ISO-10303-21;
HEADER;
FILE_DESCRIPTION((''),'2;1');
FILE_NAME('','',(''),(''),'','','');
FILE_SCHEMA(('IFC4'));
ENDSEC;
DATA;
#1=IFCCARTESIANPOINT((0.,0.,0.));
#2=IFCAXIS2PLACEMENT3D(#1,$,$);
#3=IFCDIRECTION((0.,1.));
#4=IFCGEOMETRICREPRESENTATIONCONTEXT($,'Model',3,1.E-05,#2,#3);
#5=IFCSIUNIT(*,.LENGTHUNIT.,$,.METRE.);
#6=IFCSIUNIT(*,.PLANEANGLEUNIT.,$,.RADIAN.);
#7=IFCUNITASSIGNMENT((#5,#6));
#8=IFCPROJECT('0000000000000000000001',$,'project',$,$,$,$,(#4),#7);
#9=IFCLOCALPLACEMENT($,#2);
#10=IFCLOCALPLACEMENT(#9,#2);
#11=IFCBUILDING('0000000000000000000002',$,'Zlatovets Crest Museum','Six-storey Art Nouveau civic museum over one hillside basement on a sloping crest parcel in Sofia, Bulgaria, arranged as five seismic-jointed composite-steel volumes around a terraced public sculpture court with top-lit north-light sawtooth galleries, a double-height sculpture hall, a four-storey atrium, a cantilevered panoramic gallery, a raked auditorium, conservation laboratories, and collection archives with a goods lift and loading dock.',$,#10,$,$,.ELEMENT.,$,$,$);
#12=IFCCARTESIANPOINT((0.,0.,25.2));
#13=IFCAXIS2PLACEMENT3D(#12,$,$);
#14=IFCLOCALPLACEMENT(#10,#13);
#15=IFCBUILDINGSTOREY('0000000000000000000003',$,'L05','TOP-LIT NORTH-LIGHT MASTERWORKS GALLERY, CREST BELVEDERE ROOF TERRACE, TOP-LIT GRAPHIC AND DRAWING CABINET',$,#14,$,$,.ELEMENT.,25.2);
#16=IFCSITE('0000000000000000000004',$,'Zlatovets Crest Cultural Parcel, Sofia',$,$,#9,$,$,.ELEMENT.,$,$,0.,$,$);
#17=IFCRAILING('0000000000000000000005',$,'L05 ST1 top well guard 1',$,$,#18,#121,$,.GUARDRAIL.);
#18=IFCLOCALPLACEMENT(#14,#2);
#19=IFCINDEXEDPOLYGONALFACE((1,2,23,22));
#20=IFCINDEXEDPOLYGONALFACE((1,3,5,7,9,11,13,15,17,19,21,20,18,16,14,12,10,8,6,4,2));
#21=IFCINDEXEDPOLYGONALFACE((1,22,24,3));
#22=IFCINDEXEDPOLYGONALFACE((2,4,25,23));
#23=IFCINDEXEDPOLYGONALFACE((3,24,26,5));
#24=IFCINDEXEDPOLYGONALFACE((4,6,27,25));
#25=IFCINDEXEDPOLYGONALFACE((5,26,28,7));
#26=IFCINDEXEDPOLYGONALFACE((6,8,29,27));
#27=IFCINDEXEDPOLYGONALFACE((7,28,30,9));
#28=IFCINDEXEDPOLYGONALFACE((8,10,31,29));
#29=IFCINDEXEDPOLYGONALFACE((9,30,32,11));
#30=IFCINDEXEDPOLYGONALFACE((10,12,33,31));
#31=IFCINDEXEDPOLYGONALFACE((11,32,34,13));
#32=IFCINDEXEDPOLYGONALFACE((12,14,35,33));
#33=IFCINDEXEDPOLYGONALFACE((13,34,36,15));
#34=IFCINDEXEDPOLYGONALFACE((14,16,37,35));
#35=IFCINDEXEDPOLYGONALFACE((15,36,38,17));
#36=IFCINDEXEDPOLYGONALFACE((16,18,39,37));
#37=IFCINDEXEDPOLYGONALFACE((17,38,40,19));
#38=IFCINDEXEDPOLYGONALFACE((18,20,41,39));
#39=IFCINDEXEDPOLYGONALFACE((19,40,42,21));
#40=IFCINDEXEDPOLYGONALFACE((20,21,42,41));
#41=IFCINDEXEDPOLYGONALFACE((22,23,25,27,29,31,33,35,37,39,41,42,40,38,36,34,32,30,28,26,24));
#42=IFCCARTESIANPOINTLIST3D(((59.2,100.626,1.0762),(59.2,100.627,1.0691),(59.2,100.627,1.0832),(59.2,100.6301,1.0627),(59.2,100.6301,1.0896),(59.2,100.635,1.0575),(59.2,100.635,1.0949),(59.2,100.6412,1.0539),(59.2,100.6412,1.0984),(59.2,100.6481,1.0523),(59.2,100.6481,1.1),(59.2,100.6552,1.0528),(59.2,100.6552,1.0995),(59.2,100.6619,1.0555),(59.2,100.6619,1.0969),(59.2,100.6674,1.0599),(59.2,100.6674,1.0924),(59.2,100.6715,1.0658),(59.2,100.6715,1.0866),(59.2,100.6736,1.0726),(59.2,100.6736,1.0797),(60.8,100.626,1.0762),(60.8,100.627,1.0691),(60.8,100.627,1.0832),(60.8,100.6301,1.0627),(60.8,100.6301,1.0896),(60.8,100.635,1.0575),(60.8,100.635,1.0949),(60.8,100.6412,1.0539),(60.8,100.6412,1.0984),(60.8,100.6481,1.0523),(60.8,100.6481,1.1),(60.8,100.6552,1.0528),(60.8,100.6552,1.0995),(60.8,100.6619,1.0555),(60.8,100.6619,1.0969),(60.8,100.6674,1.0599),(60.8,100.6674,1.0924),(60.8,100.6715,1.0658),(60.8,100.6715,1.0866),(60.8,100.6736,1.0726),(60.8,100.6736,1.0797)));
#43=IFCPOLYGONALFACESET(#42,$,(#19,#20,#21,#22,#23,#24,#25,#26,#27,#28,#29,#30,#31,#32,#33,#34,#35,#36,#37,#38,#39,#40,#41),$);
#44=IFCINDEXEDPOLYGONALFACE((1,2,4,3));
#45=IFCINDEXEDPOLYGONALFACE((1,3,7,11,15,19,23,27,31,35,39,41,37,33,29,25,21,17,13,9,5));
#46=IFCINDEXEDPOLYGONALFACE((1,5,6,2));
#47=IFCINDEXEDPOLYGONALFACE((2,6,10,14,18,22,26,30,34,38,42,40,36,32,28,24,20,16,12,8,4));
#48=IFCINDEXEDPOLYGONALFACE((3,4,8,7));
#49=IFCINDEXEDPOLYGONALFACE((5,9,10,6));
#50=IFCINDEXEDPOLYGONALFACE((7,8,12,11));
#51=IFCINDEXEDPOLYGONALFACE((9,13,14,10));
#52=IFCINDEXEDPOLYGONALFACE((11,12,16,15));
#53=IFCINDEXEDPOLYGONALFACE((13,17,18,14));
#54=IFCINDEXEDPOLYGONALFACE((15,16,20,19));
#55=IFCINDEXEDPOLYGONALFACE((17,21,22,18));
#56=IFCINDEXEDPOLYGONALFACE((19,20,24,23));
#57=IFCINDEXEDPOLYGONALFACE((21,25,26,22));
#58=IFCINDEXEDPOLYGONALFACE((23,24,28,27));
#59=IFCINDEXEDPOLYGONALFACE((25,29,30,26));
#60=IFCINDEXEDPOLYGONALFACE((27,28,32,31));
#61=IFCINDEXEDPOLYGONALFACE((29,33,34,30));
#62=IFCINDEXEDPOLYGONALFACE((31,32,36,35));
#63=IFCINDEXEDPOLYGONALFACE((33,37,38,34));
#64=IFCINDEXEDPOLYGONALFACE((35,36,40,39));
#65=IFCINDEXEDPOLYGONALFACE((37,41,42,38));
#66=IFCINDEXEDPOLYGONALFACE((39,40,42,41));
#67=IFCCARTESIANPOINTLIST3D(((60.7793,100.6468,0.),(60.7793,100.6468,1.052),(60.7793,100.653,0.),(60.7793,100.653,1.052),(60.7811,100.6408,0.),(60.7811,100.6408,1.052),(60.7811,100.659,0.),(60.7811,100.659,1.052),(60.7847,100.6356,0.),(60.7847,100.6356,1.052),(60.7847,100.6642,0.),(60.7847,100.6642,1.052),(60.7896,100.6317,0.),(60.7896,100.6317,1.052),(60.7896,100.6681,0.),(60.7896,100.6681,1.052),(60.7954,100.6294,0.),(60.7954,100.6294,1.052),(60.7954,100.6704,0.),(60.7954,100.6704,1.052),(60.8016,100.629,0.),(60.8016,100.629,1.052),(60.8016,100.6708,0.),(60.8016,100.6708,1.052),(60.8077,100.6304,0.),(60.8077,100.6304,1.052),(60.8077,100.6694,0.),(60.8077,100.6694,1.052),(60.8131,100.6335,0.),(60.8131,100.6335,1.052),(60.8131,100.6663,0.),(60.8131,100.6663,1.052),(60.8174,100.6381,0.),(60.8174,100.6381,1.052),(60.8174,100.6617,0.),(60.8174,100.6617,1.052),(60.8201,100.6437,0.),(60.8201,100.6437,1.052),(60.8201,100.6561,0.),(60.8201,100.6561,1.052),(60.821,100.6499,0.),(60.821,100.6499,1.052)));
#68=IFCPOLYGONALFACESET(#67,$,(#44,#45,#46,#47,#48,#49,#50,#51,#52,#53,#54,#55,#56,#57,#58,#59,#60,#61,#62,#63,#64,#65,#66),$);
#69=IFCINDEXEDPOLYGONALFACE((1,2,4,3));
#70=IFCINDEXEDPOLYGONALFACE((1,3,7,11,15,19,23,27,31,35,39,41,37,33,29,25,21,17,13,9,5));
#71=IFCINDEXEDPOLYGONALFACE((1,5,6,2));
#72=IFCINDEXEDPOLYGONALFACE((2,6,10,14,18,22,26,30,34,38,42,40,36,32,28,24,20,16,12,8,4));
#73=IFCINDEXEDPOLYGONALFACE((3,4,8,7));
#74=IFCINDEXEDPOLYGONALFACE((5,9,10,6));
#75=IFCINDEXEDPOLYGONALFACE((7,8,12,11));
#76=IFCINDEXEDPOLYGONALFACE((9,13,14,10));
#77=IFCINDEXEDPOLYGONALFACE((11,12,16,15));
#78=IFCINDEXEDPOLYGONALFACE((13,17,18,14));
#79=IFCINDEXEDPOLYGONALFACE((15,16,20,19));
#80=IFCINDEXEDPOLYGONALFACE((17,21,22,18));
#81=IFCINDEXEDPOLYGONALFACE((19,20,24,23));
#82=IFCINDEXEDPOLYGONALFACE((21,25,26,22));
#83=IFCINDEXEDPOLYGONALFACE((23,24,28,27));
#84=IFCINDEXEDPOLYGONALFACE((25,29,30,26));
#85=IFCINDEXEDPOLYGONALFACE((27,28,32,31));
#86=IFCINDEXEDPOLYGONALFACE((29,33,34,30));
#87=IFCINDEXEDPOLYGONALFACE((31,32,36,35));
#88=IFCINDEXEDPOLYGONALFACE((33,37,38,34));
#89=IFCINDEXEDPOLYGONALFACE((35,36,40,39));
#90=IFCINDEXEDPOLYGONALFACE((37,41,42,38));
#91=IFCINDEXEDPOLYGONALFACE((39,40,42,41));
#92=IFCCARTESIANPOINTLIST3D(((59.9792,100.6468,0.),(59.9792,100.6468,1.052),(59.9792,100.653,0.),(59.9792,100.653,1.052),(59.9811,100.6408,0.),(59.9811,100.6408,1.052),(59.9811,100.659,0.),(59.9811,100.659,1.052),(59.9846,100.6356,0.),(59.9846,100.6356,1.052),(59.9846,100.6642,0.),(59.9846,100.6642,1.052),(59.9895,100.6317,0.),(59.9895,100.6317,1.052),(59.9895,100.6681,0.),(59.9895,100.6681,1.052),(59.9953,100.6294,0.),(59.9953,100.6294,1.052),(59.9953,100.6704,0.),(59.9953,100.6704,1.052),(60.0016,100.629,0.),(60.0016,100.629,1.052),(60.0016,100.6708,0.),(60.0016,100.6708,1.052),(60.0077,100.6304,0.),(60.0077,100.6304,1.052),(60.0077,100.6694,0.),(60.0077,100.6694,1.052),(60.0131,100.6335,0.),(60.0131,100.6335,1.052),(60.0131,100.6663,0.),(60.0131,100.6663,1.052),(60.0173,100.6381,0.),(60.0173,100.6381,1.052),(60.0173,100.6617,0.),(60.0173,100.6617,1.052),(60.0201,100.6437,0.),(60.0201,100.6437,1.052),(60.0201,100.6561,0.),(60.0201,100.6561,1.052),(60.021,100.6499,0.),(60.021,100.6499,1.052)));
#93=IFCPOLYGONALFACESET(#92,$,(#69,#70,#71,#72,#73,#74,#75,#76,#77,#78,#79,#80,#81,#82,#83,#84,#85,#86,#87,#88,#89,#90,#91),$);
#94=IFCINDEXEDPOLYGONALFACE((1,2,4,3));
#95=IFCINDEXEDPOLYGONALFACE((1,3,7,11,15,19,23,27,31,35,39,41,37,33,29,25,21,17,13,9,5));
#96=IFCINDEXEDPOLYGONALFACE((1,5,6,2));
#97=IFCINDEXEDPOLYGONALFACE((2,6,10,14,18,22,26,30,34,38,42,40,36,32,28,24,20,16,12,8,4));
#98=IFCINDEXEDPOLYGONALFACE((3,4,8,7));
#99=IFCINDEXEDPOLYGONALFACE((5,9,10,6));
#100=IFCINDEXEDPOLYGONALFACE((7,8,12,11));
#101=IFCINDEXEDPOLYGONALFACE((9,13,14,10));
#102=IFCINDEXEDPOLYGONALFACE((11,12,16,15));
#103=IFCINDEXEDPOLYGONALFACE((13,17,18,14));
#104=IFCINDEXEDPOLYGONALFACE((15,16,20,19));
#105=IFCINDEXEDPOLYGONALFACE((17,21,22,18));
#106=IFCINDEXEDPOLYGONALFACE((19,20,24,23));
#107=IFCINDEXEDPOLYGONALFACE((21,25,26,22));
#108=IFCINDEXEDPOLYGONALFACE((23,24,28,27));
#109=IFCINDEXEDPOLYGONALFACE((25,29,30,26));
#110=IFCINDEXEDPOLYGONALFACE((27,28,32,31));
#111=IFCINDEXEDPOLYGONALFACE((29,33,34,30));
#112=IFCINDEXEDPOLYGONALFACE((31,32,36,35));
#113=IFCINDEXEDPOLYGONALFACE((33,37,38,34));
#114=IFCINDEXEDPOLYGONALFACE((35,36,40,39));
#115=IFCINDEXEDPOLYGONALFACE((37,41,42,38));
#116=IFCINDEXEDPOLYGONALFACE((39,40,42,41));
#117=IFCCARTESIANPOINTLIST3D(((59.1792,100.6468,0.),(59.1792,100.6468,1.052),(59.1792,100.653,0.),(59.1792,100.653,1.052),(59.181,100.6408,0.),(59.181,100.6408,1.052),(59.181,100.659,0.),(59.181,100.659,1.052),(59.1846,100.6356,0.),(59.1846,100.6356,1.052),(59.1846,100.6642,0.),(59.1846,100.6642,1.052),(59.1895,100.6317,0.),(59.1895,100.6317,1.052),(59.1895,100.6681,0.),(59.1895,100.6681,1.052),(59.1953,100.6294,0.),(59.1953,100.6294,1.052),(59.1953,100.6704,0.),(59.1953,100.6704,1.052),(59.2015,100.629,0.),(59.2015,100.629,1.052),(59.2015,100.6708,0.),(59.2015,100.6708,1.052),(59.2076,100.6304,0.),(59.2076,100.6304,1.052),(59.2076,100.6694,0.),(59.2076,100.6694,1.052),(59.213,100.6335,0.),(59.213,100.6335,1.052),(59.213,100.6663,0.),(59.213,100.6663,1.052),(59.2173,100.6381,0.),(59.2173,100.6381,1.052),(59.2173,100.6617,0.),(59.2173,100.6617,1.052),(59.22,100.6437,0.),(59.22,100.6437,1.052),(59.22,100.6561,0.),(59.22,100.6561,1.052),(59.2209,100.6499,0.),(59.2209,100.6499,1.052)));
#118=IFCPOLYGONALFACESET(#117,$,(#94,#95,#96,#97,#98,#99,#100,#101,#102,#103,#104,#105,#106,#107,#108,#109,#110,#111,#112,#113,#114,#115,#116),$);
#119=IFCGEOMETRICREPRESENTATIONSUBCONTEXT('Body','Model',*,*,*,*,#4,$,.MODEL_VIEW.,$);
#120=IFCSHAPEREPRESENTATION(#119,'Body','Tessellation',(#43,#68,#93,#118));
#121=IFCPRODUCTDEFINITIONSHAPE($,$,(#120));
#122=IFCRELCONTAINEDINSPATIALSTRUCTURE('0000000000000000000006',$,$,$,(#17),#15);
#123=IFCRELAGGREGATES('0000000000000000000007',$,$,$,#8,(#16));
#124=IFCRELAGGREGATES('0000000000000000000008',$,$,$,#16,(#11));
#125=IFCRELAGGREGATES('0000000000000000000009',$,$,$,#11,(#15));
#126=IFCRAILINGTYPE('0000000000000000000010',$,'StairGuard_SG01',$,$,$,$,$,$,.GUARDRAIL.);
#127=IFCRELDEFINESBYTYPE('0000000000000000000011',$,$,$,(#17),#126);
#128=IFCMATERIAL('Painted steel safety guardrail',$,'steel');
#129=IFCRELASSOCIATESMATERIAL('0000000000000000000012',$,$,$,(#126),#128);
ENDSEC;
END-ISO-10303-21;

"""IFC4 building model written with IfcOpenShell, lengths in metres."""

from ifc_helpers import new_model, si_unit, direction, frame, origin, origin_2d, place, context, subcontext, project, spatial, circle, extrude, material, type_object, element, save


model = new_model("IFC4")

# Units and contexts
model_context = context("Model", 3, precision=1e-05, world=origin(), true_north=direction((0.0, 1.0)))
body_context = subcontext(model_context, "Body", "Model", "MODEL_VIEW")
ifc_project = project(units=[si_unit("LENGTHUNIT", "METRE"), si_unit("PLANEANGLEUNIT", "RADIAN")], contexts=[model_context])

# Site, building, storey
site_placement = place(None, origin())
site = spatial("IfcSite", under=ifc_project, at=site_placement, Name="Zlatovets Crest Cultural Parcel, Sofia", CompositionType="ELEMENT", RefElevation=0.0)
building_placement = place(site_placement, origin())
building = spatial("IfcBuilding", under=site, at=building_placement, Name="Zlatovets Crest Museum", Description="Six-storey Art Nouveau civic museum over one hillside basement on a sloping crest parcel in Sofia, Bulgaria, arranged as five seismic-jointed composite-steel volumes around a terraced public sculpture court with top-lit north-light sawtooth galleries, a double-height sculpture hall, a four-storey atrium, a cantilevered panoramic gallery, a raked auditorium, conservation laboratories, and collection archives with a goods lift and loading dock.", CompositionType="ELEMENT")
storey_placement = place(building_placement, frame((0.0, 0.0, 25.2)))
storey = spatial("IfcBuildingStorey", under=building, at=storey_placement, Name="L05", Description="TOP-LIT NORTH-LIGHT MASTERWORKS GALLERY, CREST BELVEDERE ROOF TERRACE, TOP-LIT GRAPHIC AND DRAWING CABINET", CompositionType="ELEMENT", Elevation=25.2)

# Railing
ifc_material_1 = material(Name="Painted steel safety guardrail", Category="steel")
railing_type = type_object("IfcRailingType", Name="StairGuard_SG01", PredefinedType="GUARDRAIL", material=ifc_material_1)
railing_1_placement = place(storey_placement, frame((60.8, 100.6499, 0.0)))
element("IfcRailing", 1, at=railing_1_placement, inside=storey, type_object=railing_type, Name="L05 ST1 top well guard 1", PredefinedType="GUARDRAIL", context=body_context, shape_type="SweptSolid", body=[
    extrude(circle(Radius=0.0239, at=origin_2d()), frame((0.0, 0.0, 1.0762), z_axis=(-1.0, 0.0, 0.0), x_axis=(0.0, -1.0, 0.0)), (0.0, 0.0, 1.0), 1.6001),
    extrude(circle(Radius=0.021, at=origin_2d()), origin(), (0.0, 0.0, 1.0), 1.052),
    extrude(circle(Radius=0.021, at=origin_2d()), frame((-0.8, 0.0, 0.0)), (0.0, 0.0, 1.0), 1.052),
    extrude(circle(Radius=0.021, at=origin_2d()), frame((-1.6001, 0.0, 0.0)), (0.0, 0.0, 1.0), 1.052),
])

save(model, "model.ifc")
